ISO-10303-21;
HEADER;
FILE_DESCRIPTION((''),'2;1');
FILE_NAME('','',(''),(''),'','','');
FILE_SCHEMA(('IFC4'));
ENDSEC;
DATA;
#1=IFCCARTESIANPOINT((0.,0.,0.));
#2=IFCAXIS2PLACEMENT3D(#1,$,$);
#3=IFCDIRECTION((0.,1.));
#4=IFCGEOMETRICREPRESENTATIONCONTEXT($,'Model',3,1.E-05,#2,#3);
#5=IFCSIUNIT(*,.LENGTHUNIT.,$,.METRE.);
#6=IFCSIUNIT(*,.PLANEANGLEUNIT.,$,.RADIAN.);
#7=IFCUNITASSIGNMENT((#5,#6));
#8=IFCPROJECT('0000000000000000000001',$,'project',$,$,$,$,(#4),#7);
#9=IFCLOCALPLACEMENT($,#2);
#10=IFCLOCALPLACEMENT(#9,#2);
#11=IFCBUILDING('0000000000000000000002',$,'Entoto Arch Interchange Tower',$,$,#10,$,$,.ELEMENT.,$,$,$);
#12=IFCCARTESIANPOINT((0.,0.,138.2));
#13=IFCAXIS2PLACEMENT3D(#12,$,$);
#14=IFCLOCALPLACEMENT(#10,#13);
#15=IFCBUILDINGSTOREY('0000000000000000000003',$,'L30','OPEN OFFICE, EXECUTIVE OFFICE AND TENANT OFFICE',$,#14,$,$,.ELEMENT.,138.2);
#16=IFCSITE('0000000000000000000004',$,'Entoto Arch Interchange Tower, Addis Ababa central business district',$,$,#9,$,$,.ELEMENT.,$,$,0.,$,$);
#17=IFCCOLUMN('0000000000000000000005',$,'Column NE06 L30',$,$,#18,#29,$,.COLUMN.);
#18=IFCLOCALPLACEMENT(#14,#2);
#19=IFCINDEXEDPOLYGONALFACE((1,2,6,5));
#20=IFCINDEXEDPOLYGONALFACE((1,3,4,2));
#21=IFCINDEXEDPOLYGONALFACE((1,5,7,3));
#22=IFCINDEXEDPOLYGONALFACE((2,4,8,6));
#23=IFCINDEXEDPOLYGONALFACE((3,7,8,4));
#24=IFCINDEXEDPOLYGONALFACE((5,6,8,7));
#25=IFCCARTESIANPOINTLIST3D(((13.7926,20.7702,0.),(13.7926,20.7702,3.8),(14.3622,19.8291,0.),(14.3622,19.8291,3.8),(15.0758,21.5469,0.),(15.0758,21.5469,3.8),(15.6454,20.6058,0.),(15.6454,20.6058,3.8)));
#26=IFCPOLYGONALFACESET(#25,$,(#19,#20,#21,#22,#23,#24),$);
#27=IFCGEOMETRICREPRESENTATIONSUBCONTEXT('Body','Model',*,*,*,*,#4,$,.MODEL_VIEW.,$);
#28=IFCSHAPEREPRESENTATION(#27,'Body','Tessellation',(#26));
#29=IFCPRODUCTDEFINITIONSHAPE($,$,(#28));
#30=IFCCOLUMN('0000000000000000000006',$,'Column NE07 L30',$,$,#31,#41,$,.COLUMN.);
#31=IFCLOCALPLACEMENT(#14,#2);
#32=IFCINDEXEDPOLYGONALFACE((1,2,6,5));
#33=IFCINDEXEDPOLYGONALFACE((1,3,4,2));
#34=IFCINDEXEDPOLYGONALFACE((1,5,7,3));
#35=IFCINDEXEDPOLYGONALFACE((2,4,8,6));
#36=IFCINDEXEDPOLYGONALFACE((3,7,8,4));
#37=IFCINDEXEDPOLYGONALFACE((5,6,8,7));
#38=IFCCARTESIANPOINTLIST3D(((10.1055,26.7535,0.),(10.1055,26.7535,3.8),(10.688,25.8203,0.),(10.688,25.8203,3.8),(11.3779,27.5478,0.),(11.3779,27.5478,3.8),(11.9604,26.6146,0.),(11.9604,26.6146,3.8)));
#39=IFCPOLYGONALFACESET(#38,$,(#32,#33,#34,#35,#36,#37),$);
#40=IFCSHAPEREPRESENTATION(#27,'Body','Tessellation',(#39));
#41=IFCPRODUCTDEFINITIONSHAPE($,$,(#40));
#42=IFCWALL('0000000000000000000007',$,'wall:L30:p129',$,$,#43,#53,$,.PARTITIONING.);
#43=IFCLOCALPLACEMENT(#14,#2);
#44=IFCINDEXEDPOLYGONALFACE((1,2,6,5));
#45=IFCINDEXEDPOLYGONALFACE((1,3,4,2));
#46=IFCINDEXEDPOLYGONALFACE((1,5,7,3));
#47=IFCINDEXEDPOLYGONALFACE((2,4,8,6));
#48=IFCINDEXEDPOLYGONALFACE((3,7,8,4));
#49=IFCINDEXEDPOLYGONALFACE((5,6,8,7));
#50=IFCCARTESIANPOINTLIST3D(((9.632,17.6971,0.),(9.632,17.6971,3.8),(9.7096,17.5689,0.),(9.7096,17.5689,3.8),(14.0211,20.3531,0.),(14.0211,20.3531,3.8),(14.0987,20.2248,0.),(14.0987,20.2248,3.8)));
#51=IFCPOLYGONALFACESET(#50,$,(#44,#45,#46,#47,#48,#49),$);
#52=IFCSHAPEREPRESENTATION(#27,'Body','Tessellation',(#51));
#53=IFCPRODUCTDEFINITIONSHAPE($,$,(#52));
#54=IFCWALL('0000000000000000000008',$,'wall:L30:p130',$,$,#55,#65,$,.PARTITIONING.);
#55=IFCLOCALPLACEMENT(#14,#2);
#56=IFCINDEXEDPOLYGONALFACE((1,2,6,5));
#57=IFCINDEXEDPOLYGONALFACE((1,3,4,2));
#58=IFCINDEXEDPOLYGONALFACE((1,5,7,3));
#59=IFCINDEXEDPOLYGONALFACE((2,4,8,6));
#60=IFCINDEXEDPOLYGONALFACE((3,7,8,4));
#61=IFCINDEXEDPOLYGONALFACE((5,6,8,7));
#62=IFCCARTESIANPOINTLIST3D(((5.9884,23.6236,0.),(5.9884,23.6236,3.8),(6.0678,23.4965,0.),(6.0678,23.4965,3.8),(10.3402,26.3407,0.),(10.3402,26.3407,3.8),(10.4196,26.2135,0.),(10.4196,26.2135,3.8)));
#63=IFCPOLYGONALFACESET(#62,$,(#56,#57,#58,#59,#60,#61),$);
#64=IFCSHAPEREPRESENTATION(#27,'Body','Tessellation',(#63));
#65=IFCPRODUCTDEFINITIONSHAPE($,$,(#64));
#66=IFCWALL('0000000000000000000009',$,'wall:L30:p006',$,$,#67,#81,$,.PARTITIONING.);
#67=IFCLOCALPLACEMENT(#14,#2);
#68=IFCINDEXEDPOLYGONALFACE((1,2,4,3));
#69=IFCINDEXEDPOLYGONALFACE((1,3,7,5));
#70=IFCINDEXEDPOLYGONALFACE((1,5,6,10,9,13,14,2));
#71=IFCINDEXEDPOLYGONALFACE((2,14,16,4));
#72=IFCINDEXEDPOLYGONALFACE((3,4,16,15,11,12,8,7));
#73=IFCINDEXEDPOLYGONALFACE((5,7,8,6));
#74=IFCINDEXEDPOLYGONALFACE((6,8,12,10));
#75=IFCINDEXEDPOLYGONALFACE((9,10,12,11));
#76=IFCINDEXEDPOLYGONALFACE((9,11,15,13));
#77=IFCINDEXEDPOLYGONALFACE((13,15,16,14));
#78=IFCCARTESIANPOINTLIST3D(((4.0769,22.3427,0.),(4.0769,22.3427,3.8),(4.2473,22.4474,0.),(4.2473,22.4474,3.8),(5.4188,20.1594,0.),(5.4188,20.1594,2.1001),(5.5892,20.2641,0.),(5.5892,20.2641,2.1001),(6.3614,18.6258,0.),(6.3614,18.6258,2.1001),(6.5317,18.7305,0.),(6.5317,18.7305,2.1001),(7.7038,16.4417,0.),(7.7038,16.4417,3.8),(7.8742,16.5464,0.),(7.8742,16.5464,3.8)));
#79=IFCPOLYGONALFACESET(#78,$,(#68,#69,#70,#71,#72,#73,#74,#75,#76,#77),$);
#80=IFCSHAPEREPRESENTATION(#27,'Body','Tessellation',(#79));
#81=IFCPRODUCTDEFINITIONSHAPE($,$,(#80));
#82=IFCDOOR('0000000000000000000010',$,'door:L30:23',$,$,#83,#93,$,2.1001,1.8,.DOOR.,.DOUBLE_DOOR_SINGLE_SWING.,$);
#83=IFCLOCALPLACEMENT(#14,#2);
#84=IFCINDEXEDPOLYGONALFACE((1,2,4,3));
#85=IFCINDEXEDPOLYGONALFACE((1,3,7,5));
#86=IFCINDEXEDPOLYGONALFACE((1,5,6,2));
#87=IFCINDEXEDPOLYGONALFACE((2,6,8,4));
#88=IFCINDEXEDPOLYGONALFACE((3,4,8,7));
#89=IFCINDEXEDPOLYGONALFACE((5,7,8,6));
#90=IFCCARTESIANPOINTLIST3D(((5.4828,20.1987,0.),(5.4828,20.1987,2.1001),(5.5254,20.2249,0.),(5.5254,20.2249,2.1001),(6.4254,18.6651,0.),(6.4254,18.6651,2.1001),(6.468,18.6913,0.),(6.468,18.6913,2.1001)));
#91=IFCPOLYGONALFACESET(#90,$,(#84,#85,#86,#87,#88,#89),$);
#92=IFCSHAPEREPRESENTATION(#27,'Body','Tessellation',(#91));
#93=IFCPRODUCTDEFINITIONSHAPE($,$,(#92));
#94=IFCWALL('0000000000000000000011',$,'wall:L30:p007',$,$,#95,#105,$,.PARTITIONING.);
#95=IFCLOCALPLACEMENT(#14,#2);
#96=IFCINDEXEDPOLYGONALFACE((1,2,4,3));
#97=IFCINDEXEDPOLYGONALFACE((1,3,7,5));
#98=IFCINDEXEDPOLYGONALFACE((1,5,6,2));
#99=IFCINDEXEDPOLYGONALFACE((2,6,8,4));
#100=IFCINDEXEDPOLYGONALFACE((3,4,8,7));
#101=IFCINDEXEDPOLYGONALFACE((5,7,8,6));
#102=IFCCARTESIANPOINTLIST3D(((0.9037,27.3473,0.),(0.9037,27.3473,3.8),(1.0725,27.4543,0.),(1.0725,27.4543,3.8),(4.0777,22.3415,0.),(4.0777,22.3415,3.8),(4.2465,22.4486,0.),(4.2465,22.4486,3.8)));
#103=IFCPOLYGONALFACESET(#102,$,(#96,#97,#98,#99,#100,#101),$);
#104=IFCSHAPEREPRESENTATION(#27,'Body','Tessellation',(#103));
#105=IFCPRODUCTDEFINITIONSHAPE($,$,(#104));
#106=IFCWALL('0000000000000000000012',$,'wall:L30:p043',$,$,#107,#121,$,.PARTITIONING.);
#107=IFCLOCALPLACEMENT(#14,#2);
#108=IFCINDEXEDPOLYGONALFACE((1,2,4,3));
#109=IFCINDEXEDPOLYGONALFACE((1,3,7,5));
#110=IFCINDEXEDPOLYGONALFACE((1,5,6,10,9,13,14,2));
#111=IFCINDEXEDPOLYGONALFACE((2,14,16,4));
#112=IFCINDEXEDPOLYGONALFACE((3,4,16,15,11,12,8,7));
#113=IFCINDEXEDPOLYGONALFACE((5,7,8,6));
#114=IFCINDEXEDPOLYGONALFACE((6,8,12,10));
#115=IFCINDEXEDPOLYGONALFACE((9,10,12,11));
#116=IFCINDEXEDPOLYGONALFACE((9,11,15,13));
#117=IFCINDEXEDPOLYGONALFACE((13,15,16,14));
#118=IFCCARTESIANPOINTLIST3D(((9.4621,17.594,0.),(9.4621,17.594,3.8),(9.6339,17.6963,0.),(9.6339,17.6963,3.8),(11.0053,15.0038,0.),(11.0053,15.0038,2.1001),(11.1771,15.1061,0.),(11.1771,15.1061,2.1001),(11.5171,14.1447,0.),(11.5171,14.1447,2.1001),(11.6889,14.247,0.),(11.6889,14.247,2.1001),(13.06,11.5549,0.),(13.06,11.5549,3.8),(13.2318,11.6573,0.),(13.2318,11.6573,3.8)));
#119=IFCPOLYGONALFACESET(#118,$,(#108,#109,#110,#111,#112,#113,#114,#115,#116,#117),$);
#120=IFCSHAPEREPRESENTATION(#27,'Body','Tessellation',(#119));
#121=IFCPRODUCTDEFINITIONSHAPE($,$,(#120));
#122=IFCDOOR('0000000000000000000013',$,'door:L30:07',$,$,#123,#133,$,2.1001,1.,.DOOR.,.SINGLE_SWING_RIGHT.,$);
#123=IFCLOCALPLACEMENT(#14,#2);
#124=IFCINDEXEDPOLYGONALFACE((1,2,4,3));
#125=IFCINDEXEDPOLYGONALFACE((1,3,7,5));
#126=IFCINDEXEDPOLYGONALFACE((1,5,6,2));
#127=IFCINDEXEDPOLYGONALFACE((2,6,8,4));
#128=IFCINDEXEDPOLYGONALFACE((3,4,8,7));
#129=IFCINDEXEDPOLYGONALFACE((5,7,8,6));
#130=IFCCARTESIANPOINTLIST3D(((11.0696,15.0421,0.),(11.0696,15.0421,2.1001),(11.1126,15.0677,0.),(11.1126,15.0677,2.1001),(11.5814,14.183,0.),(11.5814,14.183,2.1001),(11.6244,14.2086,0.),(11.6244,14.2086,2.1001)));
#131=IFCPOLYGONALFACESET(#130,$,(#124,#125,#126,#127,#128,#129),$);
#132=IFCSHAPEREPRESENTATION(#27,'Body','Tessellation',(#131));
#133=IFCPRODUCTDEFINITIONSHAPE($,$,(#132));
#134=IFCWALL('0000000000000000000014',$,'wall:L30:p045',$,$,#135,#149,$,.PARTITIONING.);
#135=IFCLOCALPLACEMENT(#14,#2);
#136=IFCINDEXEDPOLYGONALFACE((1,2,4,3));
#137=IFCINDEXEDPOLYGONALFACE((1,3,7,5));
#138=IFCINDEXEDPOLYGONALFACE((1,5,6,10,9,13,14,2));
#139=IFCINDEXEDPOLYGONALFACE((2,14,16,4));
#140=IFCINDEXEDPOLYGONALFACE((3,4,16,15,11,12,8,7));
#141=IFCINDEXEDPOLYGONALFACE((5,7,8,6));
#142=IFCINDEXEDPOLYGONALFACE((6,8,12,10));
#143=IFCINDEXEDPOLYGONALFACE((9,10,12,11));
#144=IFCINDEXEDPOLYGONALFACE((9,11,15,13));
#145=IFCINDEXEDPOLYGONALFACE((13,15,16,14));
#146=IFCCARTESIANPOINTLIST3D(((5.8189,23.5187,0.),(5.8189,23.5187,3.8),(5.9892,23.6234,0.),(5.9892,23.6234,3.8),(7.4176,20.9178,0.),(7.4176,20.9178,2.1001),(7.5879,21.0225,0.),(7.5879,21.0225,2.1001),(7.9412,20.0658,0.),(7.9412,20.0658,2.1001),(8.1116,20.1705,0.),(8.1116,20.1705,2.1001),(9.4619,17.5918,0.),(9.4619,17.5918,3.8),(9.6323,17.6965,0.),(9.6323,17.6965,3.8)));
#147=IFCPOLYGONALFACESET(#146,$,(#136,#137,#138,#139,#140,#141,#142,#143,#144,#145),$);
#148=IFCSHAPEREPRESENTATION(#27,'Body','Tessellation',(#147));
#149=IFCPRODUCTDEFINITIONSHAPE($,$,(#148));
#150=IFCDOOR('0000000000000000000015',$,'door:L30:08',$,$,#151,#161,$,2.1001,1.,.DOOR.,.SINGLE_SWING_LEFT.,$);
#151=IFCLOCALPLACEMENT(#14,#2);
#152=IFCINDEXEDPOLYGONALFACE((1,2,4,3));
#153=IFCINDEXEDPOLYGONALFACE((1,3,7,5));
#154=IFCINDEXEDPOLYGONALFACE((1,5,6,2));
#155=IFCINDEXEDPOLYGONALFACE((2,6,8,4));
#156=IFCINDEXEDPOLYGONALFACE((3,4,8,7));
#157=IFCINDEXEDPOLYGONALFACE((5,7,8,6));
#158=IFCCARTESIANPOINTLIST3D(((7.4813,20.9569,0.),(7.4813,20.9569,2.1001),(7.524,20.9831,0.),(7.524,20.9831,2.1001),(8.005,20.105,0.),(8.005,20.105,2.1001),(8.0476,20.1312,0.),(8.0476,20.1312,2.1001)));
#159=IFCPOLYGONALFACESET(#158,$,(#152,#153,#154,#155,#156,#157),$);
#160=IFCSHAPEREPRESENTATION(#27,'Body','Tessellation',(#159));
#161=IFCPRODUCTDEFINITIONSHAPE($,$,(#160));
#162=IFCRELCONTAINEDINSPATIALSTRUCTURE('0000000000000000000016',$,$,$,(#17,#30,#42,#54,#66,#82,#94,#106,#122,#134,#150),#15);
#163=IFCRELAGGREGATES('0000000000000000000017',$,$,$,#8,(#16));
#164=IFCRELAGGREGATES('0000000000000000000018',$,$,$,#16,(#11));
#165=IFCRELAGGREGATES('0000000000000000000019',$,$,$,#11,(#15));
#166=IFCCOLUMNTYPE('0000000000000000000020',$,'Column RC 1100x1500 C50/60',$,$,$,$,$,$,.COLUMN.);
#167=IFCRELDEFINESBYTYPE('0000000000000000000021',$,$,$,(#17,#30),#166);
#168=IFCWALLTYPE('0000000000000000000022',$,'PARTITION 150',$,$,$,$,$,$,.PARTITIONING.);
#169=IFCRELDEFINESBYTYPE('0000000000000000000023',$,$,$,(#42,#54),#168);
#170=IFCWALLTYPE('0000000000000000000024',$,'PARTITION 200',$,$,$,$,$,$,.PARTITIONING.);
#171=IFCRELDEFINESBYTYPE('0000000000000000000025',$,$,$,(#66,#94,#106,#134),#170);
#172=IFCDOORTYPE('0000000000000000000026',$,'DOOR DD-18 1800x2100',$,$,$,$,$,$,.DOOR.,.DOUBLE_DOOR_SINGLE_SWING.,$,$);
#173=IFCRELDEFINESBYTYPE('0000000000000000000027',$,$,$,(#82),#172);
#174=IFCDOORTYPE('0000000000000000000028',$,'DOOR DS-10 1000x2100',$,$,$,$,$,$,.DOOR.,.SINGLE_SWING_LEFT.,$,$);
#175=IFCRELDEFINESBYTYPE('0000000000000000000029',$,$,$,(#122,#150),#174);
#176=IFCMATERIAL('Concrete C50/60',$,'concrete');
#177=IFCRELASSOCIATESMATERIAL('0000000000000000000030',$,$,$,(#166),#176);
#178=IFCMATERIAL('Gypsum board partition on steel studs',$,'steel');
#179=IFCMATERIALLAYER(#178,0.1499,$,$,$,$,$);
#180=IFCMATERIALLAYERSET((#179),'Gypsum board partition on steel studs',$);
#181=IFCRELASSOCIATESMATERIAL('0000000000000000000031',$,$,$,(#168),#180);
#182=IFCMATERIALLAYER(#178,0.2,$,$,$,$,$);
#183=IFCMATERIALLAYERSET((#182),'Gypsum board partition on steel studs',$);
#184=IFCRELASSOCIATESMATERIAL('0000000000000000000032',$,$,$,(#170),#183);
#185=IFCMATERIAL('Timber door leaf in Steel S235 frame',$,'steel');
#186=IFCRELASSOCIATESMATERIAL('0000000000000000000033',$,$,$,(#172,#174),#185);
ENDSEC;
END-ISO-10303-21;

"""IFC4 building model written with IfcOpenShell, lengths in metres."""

from ifc_helpers import new_model, si_unit, direction, frame, frame_2d, origin, origin_2d, place, context, subcontext, project, spatial, rectangle, extrude, material, layer, layer_set, material_profile, profile_set, type_object, element, fill, save


model = new_model("IFC4")

# Units and contexts
model_context = context("Model", 3, precision=1e-05, world=origin(), true_north=direction((0.0, 1.0)))
body_context = subcontext(model_context, "Body", "Model", "MODEL_VIEW")
ifc_project = project(units=[si_unit("LENGTHUNIT", "METRE"), si_unit("PLANEANGLEUNIT", "RADIAN")], contexts=[model_context])

# Site, building, storey
site_placement = place(None, origin())
site = spatial("IfcSite", under=ifc_project, at=site_placement, Name="Entoto Arch Interchange Tower, Addis Ababa central business district", CompositionType="ELEMENT", RefElevation=0.0)
building_placement = place(site_placement, origin())
building = spatial("IfcBuilding", under=site, at=building_placement, Name="Entoto Arch Interchange Tower", CompositionType="ELEMENT")
storey_placement = place(building_placement, frame((0.0, 0.0, 138.2)))
storey = spatial("IfcBuildingStorey", under=building, at=storey_placement, Name="L30", Description="OPEN OFFICE, EXECUTIVE OFFICE AND TENANT OFFICE", CompositionType="ELEMENT", Elevation=138.2)

# Columns
ifc_material_1 = material(Name="Concrete C50/60", Category="concrete")
ifc_material_profile = material_profile(ifc_material_1, rectangle(XDim=1.1001, YDim=1.5, at=origin_2d()))
ifc_profile_set = profile_set([ifc_material_profile], Name="Concrete C50/60")
column_type = type_object("IfcColumnType", Name="Column RC 1100x1500 C50/60", PredefinedType="COLUMN", material=ifc_profile_set)
for number, where, z_axis, x_axis, name in (
    (1, (14.719, 20.688, 0.0), (0.0, 0.0, 1.0), (-0.517803, 0.8555, 0.0), "Column NE06 L30"),
    (2, (11.033, 26.6841, 0.0), (0.0, 0.0, 1.0), (-0.529549, 0.848279, 0.0), "Column NE07 L30"),
):
    element("IfcColumn", number, at=place(storey_placement, frame(where, z_axis=z_axis, x_axis=x_axis)), inside=storey, type_object=column_type, Name=name, PredefinedType="COLUMN", context=body_context, shape_type="SweptSolid", body=[
        extrude(rectangle(XDim=1.1001, YDim=1.5, at=origin_2d()), origin(), (0.0, 0.0, 1.0), 3.8),
    ])

# Walls
ifc_material_2 = material(Name="Gypsum board partition on steel studs", Category="steel")
ifc_layer_1 = layer(ifc_material_2, 0.1499)
ifc_layer_set_1 = layer_set([ifc_layer_1], Name="Gypsum board partition on steel studs")
wall_type_1 = type_object("IfcWallType", Name="PARTITION 150", PredefinedType="PARTITIONING", material=ifc_layer_set_1)
wall_1_placement = place(storey_placement, frame((9.6709, 17.6331, 0.0), z_axis=(0.0, 0.0, 1.0), x_axis=(0.855551, 0.517718, 0.0)))
element("IfcWall", 3, at=wall_1_placement, inside=storey, type_object=wall_type_1, Name="wall:L30:p129", PredefinedType="PARTITIONING", context=body_context, shape_type="SweptSolid", body=[
    extrude(rectangle(XDim=5.1301, YDim=0.1499, at=frame_2d((2.5649, 0.0))), origin(), (0.0, 0.0, 1.0), 3.8),
])
wall_2_placement = place(storey_placement, frame((6.0281, 23.5601, 0.0), z_axis=(0.0, 0.0, 1.0), x_axis=(0.848247, 0.529601, 0.0)))
element("IfcWall", 4, at=wall_2_placement, inside=storey, type_object=wall_type_1, Name="wall:L30:p130", PredefinedType="PARTITIONING", context=body_context, shape_type="SweptSolid", body=[
    extrude(rectangle(XDim=5.1304, YDim=0.1499, at=frame_2d((2.5652, 0.0))), origin(), (0.0, 0.0, 1.0), 3.8),
])

# Wall, opening, door
ifc_layer_2 = layer(ifc_material_2, 0.2)
ifc_layer_set_2 = layer_set([ifc_layer_2], Name="Gypsum board partition on steel studs")
wall_type_2 = type_object("IfcWallType", Name="PARTITION 200", PredefinedType="PARTITIONING", material=ifc_layer_set_2)
wall_3_placement = place(storey_placement, frame((7.7891, 16.4939, 0.0), z_axis=(0.0, 0.0, 1.0), x_axis=(-0.523625, 0.851949, 0.0)))
wall_3 = element("IfcWall", 5, at=wall_3_placement, inside=storey, type_object=wall_type_2, Name="wall:L30:p006", PredefinedType="PARTITIONING", context=body_context, shape_type="SweptSolid", body=[
    extrude(rectangle(XDim=6.9265, YDim=0.2, at=frame_2d((3.4634, 0.0))), origin(), (0.0, 0.0, 1.0), 3.8),
])
opening_1_placement = place(wall_3_placement, frame((2.564, 0.0, 0.0)))
opening_1 = element("IfcOpeningElement", 6, at=opening_1_placement, cuts=wall_3, PredefinedType="OPENING", context=body_context, shape_type="SweptSolid", body=[
    extrude(rectangle(XDim=1.8, YDim=2.1001, at=frame_2d((0.8999, 1.05))), frame((0.0, 0.1099, 0.0), z_axis=(0.0, -1.0, 0.0), x_axis=(1.0, 0.0, 0.0)), (0.0, 0.0, 1.0), 0.22),
])
ifc_material_3 = material(Name="Timber door leaf in Steel S235 frame", Category="steel")
door_type_1 = type_object("IfcDoorType", Name="DOOR DD-18 1800x2100", OperationType="DOUBLE_DOOR_SINGLE_SWING", PredefinedType="DOOR", material=ifc_material_3)
door_1_placement = place(opening_1_placement, origin())
door_1 = element("IfcDoor", 7, at=door_1_placement, inside=storey, type_object=door_type_1, Name="door:L30:23", OperationType="DOUBLE_DOOR_SINGLE_SWING", OverallHeight=2.1001, OverallWidth=1.8, PredefinedType="DOOR", context=body_context, shape_type="SweptSolid", body=[
    extrude(rectangle(XDim=1.8, YDim=2.1001, at=frame_2d((0.8999, 1.05))), frame((0.0, 0.0249, 0.0), z_axis=(0.0, -1.0, 0.0), x_axis=(1.0, 0.0, 0.0)), (0.0, 0.0, 1.0), 0.05),
])
fill(opening_1, door_1)

# Wall
wall_4_placement = place(storey_placement, frame((4.1621, 22.395, 0.0), z_axis=(0.0, 0.0, 1.0), x_axis=(-0.535497, 0.844537, 0.0)))
element("IfcWall", 8, at=wall_4_placement, inside=storey, type_object=wall_type_2, Name="wall:L30:p007", PredefinedType="PARTITIONING", context=body_context, shape_type="SweptSolid", body=[
    extrude(rectangle(XDim=5.9272, YDim=0.2, at=frame_2d((2.9636, 0.0))), origin(), (0.0, 0.0, 1.0), 3.8),
])

# Walls, openings, doors
wall_5_placement = place(storey_placement, frame((9.5481, 17.645, 0.0), z_axis=(0.0, 0.0, 1.0), x_axis=(0.511822, -0.859091, 0.0)))
wall_5 = element("IfcWall", 9, at=wall_5_placement, inside=storey, type_object=wall_type_2, Name="wall:L30:p043", PredefinedType="PARTITIONING", context=body_context, shape_type="SweptSolid", body=[
    extrude(rectangle(XDim=7.0295, YDim=0.2, at=frame_2d((3.5146, 0.0))), origin(), (0.0, 0.0, 1.0), 3.8),
])
opening_2_placement = place(wall_5_placement, frame((3.0149, 0.0, 0.0)))
opening_2 = element("IfcOpeningElement", 10, at=opening_2_placement, cuts=wall_5, PredefinedType="OPENING", context=body_context, shape_type="SweptSolid", body=[
    extrude(rectangle(XDim=1.0, YDim=2.1001, at=frame_2d((0.5, 1.05))), frame((0.0, 0.1099, 0.0), z_axis=(0.0, -1.0, 0.0), x_axis=(1.0, 0.0, 0.0)), (0.0, 0.0, 1.0), 0.22),
])
door_type_2 = type_object("IfcDoorType", Name="DOOR DS-10 1000x2100", OperationType="SINGLE_SWING_LEFT", PredefinedType="DOOR", material=ifc_material_3)
door_2_placement = place(opening_2_placement, origin())
door_2 = element("IfcDoor", 11, at=door_2_placement, inside=storey, type_object=door_type_2, Name="door:L30:07", OperationType="SINGLE_SWING_RIGHT", OverallHeight=2.1001, OverallWidth=1.0, PredefinedType="DOOR", context=body_context, shape_type="SweptSolid", body=[
    extrude(rectangle(XDim=1.0, YDim=2.1001, at=frame_2d((0.5, 1.05))), frame((0.0, 0.0249, 0.0), z_axis=(0.0, -1.0, 0.0), x_axis=(1.0, 0.0, 0.0)), (0.0, 0.0, 1.0), 0.05),
])
fill(opening_2, door_2)
wall_6_placement = place(storey_placement, frame((5.9041, 23.571, 0.0), z_axis=(0.0, 0.0, 1.0), x_axis=(0.523647, -0.851935, 0.0)))
wall_6 = element("IfcWall", 12, at=wall_6_placement, inside=storey, type_object=wall_type_2, Name="wall:L30:p045", PredefinedType="PARTITIONING", context=body_context, shape_type="SweptSolid", body=[
    extrude(rectangle(XDim=6.957, YDim=0.2, at=frame_2d((3.4785, 0.0))), origin(), (0.0, 0.0, 1.0), 3.8),
])
opening_3_placement = place(wall_6_placement, frame((3.053, 0.0, 0.0)))
opening_3 = element("IfcOpeningElement", 13, at=opening_3_placement, cuts=wall_6, PredefinedType="OPENING", context=body_context, shape_type="SweptSolid", body=[
    extrude(rectangle(XDim=1.0, YDim=2.1001, at=frame_2d((0.5, 1.05))), frame((0.0, 0.1099, 0.0), z_axis=(0.0, -1.0, 0.0), x_axis=(1.0, 0.0, 0.0)), (0.0, 0.0, 1.0), 0.22),
])
door_3_placement = place(opening_3_placement, origin())
door_3 = element("IfcDoor", 14, at=door_3_placement, inside=storey, type_object=door_type_2, Name="door:L30:08", OperationType="SINGLE_SWING_LEFT", OverallHeight=2.1001, OverallWidth=1.0, PredefinedType="DOOR", context=body_context, shape_type="SweptSolid", body=[
    extrude(rectangle(XDim=1.0, YDim=2.1001, at=frame_2d((0.5, 1.05))), frame((0.0, 0.0249, 0.0), z_axis=(0.0, -1.0, 0.0), x_axis=(1.0, 0.0, 0.0)), (0.0, 0.0, 1.0), 0.05),
])
fill(opening_3, door_3)

save(model, "model.ifc")
